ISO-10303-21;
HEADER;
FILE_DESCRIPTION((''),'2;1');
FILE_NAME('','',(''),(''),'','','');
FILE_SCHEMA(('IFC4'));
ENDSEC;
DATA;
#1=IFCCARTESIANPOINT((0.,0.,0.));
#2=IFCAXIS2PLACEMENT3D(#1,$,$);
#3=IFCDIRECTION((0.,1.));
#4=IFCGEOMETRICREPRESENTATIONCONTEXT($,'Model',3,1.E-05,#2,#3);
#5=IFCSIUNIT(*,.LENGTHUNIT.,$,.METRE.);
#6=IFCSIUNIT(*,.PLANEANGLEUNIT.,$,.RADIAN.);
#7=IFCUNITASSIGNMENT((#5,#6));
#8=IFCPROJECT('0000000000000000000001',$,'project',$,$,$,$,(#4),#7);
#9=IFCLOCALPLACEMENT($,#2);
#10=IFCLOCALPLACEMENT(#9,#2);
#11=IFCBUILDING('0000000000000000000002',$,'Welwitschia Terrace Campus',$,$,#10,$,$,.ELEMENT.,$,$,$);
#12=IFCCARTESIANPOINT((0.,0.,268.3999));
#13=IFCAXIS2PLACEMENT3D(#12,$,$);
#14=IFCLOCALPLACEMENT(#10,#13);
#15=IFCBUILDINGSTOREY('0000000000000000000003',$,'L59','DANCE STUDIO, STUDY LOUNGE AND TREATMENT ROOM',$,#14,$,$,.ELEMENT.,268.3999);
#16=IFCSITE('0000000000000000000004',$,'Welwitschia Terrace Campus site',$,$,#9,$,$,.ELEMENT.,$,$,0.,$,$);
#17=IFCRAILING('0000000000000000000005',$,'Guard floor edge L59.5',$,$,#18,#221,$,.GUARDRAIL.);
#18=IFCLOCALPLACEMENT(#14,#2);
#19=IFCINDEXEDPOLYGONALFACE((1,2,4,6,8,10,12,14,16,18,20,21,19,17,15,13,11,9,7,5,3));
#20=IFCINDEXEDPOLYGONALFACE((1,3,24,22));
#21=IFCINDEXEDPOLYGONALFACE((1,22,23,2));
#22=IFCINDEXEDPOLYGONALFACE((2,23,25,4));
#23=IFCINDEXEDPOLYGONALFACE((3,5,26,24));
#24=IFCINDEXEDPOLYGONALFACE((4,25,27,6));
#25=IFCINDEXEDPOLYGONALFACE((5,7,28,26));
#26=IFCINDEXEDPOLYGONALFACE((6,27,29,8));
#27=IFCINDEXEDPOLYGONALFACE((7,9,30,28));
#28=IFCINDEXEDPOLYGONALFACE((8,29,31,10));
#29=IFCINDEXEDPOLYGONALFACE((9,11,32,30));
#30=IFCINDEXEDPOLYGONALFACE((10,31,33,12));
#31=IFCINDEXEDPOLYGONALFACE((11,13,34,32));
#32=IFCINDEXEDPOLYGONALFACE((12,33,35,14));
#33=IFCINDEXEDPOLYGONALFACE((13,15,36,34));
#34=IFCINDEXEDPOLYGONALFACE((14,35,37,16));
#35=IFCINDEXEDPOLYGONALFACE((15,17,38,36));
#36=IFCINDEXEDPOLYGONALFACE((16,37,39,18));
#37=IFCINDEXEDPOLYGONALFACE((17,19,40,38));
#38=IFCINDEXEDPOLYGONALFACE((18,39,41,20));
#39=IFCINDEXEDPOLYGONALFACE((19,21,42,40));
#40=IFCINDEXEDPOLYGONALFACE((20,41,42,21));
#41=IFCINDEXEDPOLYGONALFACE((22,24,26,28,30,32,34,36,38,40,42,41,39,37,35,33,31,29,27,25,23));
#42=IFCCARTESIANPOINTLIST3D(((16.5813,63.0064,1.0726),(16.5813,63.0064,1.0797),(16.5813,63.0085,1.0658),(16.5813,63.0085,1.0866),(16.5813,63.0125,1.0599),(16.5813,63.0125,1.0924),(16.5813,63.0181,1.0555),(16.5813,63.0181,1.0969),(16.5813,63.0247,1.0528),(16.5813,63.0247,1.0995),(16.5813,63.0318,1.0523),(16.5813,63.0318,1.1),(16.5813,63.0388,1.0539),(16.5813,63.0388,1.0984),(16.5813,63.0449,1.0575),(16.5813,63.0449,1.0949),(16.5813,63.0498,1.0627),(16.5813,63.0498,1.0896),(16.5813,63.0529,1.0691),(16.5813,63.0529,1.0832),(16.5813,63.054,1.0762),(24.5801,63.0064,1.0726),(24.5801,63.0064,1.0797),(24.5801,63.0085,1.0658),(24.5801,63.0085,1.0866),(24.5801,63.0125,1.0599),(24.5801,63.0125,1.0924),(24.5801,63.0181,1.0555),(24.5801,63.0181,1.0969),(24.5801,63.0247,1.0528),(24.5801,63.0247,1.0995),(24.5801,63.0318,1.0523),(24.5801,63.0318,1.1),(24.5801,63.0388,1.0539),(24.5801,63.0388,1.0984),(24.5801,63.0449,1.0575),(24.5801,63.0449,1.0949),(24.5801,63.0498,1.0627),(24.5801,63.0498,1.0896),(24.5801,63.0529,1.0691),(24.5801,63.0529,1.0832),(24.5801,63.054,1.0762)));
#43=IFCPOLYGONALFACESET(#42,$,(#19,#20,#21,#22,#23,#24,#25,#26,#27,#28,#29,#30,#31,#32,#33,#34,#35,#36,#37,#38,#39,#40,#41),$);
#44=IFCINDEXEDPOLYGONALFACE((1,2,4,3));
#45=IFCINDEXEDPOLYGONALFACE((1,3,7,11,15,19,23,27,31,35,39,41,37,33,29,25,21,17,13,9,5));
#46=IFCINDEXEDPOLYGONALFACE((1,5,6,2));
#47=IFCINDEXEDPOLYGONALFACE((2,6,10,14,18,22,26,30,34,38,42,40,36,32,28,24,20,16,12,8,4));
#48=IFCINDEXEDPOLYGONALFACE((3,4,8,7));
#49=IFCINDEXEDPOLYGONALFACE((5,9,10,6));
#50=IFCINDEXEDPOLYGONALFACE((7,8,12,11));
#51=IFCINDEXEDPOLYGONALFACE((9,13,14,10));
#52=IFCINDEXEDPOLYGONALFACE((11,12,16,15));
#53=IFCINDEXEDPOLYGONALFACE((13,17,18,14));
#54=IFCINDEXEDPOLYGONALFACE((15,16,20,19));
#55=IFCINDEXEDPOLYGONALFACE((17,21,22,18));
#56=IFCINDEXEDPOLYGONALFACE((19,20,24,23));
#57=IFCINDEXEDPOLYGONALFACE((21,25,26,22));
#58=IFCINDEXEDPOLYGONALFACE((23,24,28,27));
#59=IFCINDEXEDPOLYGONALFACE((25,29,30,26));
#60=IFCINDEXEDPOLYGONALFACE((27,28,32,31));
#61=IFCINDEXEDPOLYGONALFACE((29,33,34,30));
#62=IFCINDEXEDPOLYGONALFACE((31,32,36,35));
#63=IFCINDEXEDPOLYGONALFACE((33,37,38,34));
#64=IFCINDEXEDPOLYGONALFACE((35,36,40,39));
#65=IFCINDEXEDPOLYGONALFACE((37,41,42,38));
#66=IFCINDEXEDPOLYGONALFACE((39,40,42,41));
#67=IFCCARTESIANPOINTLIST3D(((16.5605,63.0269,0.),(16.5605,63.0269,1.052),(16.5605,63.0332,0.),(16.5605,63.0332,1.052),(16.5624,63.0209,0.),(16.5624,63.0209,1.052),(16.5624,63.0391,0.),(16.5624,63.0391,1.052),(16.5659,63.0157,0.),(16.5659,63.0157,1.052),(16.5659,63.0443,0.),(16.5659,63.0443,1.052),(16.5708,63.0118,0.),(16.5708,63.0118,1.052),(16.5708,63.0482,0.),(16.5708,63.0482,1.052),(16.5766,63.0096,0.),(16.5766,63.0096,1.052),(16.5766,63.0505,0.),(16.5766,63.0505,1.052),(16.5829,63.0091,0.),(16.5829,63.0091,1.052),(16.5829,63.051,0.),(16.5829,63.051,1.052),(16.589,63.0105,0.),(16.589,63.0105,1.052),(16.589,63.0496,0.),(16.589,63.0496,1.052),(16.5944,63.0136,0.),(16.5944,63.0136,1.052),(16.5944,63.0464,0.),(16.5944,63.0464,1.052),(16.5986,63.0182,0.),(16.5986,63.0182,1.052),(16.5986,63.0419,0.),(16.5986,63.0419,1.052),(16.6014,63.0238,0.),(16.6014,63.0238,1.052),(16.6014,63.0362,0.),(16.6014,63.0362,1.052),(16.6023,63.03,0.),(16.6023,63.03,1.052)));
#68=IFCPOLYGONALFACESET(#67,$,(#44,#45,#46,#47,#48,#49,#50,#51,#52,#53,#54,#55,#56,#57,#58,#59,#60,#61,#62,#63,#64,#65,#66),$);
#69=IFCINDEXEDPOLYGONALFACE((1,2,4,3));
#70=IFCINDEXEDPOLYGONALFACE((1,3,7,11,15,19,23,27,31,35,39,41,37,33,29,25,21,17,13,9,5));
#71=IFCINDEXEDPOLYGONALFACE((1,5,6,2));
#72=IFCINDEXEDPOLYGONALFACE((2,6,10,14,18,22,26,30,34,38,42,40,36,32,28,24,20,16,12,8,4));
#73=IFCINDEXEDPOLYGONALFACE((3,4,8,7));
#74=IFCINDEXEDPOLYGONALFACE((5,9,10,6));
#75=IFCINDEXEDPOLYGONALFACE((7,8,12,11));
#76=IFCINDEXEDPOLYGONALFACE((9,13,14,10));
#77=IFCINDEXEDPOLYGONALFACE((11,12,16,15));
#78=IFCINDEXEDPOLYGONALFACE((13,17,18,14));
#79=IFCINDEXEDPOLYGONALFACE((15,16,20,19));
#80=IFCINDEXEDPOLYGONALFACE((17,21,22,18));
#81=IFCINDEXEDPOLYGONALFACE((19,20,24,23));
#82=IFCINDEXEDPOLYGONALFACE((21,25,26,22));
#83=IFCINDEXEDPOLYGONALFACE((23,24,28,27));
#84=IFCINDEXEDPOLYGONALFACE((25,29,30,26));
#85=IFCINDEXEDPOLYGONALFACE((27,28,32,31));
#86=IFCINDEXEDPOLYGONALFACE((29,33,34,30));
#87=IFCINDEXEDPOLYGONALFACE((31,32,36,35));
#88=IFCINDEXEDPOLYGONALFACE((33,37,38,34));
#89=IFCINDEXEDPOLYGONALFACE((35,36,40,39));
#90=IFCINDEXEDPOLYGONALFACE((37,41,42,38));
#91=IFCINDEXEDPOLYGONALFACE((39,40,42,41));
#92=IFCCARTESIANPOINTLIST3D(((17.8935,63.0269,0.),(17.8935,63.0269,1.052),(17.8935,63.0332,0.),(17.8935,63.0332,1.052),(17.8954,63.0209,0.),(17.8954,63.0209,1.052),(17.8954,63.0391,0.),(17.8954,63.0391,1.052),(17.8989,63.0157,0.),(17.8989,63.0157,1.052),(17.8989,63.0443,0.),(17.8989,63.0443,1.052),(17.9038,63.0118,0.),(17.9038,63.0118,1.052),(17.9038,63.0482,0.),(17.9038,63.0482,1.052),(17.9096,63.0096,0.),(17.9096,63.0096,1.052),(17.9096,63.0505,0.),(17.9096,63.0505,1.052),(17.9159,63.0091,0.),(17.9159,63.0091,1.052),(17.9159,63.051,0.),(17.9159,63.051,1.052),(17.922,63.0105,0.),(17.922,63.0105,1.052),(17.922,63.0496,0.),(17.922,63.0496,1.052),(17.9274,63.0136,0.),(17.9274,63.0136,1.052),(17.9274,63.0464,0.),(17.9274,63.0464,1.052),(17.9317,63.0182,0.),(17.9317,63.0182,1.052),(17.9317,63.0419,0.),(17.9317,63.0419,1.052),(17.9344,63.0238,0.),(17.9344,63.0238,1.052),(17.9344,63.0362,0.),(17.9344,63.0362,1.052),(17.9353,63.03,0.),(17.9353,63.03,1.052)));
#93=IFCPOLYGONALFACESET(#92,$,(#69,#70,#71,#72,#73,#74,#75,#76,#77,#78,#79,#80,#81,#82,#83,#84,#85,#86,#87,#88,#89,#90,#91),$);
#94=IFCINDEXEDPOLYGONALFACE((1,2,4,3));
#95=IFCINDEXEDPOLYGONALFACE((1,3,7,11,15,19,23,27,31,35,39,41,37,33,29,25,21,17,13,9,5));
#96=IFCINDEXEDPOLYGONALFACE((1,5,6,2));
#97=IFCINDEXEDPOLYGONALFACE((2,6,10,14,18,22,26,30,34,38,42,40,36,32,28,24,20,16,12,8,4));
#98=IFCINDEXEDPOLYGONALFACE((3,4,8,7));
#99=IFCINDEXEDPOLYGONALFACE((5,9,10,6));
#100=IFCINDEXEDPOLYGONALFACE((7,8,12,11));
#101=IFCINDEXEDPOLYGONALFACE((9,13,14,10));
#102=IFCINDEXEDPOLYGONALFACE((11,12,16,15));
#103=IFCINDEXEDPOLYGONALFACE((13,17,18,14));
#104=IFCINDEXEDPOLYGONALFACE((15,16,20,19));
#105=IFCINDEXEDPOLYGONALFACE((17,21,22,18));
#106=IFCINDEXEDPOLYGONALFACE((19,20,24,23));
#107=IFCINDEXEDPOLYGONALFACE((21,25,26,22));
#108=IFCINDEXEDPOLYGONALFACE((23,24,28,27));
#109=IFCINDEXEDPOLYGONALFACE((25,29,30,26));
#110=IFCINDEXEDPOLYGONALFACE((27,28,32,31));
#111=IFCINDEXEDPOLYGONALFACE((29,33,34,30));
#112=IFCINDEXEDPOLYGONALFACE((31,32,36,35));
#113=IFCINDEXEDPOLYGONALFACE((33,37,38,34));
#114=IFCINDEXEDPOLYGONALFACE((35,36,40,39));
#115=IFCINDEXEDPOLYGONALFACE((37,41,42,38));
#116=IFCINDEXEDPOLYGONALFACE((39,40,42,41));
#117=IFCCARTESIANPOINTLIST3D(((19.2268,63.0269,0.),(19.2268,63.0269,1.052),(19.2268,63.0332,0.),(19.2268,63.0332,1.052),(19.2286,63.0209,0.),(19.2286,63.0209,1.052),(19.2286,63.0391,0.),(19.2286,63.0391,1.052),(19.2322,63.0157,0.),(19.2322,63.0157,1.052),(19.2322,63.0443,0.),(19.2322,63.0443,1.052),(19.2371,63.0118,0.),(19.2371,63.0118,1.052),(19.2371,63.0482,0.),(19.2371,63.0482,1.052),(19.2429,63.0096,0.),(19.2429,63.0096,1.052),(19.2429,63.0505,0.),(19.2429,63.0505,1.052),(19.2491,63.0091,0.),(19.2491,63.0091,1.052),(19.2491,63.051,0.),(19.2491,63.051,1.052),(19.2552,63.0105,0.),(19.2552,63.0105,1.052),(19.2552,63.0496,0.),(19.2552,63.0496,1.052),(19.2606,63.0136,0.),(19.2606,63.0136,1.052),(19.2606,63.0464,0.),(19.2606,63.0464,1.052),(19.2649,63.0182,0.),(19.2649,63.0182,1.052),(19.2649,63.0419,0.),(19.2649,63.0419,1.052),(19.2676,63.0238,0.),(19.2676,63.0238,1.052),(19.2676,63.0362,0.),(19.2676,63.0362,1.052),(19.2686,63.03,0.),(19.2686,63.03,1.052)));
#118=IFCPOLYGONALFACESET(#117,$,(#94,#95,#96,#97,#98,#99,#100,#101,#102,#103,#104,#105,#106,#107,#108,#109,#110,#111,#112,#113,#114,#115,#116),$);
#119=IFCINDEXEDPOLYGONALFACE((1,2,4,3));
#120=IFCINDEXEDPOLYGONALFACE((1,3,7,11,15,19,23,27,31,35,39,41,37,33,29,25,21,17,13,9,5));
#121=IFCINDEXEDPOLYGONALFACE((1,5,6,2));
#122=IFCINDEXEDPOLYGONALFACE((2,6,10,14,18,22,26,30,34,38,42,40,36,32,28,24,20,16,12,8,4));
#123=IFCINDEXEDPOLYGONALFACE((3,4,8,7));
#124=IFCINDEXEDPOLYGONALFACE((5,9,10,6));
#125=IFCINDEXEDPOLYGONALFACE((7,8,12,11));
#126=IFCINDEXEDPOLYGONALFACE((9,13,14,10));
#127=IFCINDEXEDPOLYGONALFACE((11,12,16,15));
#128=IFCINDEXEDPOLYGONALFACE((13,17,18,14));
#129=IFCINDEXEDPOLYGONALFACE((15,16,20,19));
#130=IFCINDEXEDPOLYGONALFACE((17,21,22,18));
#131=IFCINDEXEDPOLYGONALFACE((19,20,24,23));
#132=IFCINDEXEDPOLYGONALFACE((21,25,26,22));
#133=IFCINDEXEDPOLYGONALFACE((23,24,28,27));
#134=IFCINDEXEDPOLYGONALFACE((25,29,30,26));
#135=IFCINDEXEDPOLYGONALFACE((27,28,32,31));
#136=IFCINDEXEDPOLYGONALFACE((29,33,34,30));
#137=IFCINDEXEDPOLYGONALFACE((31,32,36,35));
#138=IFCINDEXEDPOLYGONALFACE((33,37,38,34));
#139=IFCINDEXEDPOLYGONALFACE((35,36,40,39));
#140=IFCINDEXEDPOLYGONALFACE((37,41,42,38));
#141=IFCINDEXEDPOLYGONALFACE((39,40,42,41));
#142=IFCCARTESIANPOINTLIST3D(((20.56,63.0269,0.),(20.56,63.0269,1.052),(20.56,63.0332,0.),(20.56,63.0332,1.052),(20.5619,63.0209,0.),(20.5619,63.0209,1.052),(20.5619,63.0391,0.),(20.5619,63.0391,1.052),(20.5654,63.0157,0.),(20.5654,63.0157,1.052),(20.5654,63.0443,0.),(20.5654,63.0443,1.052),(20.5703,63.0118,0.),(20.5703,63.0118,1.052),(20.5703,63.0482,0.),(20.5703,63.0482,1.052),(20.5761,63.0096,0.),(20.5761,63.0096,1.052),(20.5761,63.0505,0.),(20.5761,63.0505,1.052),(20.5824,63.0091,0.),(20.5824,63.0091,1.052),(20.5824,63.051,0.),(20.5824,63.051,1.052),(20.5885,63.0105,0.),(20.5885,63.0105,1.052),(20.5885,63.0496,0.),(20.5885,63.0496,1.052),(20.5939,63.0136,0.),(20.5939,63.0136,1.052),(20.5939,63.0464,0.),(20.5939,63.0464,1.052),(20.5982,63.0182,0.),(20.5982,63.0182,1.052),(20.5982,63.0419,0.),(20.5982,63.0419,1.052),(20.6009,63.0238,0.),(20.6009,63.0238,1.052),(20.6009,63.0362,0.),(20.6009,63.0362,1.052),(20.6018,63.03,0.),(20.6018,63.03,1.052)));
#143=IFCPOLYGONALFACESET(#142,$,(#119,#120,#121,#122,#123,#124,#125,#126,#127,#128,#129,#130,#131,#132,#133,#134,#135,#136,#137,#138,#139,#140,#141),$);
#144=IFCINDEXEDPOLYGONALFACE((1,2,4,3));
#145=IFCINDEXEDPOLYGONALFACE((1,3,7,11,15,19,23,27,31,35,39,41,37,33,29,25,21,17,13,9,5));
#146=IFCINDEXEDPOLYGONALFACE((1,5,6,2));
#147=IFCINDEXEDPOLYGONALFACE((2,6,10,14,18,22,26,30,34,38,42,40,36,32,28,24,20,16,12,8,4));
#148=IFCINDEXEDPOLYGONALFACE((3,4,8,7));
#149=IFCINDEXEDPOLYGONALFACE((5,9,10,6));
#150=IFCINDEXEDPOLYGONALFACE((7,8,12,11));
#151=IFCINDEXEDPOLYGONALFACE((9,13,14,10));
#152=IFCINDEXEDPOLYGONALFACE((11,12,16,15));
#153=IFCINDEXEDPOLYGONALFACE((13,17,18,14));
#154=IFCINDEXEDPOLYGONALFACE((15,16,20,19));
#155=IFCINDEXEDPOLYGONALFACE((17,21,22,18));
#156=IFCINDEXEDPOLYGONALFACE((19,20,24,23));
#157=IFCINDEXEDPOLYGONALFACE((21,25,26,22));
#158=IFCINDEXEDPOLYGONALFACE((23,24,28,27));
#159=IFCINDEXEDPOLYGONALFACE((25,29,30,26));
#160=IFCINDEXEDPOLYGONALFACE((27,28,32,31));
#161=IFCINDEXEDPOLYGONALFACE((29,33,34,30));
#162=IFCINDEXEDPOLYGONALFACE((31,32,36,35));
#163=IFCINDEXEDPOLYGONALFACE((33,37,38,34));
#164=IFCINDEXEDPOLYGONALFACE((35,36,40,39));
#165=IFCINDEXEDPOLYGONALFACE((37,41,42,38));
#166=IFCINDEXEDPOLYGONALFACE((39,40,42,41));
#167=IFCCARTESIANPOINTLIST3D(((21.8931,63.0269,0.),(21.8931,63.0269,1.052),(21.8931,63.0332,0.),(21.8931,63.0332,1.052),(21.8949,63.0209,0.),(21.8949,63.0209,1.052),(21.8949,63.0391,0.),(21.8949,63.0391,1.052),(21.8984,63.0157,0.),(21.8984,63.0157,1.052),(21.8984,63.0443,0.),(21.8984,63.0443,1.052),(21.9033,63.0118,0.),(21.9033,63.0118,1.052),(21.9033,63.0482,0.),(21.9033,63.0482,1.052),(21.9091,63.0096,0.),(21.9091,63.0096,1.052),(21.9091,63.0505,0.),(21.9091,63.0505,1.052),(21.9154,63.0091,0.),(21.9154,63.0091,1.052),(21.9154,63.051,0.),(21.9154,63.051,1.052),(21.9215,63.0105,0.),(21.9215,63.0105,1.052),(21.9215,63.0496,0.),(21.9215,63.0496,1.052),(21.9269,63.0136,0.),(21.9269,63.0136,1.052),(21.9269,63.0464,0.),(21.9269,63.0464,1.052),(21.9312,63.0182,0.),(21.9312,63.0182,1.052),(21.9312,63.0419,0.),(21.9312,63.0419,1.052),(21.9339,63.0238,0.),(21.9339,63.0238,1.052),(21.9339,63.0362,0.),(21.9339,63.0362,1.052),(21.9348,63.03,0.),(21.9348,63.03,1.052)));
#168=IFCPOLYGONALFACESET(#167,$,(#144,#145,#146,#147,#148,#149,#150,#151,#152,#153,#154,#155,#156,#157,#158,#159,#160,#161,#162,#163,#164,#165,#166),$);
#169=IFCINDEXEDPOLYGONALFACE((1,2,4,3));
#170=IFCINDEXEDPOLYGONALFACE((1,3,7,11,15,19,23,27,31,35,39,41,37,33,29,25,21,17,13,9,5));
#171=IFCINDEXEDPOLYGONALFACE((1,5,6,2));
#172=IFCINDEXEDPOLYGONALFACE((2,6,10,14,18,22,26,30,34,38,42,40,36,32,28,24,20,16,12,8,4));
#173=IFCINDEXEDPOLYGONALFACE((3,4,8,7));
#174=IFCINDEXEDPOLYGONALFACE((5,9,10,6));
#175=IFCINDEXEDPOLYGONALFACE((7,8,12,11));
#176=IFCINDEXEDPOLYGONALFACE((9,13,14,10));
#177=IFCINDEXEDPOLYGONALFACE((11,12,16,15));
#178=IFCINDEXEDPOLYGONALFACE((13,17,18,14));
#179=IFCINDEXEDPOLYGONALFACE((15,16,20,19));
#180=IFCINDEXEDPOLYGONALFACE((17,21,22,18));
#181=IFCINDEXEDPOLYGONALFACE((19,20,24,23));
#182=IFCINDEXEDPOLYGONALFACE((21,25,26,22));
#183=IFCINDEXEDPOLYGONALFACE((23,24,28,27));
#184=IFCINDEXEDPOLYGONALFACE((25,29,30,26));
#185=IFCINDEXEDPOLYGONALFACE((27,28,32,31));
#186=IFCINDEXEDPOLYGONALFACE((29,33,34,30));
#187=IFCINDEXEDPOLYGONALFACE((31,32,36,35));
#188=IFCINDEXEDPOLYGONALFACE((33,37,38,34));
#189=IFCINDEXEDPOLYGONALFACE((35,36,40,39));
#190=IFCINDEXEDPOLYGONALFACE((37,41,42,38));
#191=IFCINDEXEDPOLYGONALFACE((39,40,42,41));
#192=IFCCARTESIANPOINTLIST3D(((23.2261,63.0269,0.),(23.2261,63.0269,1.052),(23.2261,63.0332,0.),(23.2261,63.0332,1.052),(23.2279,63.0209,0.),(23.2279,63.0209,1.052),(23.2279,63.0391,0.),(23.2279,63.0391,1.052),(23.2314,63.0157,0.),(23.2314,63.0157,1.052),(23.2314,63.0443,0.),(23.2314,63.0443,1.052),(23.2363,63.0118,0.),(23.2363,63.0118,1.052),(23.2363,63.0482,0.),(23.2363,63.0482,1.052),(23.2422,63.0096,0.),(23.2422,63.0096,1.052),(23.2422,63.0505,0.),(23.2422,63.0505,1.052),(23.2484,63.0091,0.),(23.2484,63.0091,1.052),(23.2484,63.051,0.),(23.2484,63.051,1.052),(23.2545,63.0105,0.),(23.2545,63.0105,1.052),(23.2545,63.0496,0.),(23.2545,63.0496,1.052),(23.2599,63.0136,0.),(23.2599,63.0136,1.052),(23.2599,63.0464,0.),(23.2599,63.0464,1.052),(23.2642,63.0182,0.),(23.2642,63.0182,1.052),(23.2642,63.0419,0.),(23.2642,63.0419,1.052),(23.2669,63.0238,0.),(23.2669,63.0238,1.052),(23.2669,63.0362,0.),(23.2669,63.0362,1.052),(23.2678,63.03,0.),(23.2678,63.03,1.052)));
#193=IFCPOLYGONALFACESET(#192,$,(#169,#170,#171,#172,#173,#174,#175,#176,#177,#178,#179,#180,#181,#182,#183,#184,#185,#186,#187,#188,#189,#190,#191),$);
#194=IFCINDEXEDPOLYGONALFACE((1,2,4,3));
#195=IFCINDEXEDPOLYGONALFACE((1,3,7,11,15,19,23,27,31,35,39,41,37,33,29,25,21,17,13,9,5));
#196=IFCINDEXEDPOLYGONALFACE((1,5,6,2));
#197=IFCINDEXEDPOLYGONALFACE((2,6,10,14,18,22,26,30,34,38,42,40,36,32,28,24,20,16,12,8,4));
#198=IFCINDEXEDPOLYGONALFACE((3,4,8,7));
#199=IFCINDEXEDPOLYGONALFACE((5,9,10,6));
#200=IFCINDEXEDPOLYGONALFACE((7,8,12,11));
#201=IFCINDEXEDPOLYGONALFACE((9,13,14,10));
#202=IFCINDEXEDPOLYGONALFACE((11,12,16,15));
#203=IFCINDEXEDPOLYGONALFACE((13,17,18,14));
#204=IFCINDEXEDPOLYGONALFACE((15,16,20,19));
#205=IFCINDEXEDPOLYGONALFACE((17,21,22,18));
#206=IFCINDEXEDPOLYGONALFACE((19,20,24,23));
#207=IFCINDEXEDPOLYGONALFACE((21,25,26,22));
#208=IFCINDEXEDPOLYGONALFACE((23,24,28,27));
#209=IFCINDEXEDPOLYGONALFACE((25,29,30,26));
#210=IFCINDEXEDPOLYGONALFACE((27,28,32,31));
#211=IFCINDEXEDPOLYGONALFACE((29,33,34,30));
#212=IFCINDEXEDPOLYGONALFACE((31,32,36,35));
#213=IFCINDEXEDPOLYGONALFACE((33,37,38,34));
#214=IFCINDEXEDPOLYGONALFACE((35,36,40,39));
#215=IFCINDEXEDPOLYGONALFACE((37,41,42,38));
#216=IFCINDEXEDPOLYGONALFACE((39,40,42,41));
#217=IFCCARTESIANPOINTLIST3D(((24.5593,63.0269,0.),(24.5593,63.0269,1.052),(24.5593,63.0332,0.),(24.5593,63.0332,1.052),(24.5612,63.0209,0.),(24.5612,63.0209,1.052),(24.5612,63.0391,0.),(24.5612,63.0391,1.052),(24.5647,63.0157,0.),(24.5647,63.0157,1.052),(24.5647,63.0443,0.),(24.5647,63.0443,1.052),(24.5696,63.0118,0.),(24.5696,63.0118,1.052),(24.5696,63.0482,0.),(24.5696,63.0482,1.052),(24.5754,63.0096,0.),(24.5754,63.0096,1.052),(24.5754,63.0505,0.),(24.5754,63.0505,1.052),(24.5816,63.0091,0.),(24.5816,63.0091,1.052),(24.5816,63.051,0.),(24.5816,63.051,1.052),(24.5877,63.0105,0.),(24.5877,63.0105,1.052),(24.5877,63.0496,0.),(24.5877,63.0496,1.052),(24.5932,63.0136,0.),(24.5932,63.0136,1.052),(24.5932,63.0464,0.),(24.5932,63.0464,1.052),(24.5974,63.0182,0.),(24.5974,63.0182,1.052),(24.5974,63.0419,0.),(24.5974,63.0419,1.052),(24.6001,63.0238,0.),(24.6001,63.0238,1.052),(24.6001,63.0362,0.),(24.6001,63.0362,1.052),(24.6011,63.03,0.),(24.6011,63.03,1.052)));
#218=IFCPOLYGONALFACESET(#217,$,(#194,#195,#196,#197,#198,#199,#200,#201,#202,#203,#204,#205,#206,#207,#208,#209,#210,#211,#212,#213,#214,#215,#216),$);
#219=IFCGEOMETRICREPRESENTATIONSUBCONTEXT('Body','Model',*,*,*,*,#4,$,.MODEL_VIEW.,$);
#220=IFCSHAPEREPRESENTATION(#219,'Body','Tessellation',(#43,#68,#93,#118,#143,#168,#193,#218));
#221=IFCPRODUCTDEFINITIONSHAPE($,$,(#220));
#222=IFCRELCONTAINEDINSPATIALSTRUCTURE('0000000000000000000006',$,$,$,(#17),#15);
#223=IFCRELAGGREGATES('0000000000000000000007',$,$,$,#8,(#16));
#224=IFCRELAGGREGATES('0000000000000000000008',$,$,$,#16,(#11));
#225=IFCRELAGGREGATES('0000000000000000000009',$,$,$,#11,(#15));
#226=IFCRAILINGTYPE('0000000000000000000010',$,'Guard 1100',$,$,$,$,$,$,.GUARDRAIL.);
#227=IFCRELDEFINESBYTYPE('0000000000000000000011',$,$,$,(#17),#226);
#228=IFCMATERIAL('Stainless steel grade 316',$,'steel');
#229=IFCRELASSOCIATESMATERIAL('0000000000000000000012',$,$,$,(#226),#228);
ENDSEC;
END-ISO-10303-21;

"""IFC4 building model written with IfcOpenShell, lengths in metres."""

from ifc_helpers import new_model, si_unit, direction, frame, origin, origin_2d, place, context, subcontext, project, spatial, circle, extrude, material, type_object, element, save


model = new_model("IFC4")

# Units and contexts
model_context = context("Model", 3, precision=1e-05, world=origin(), true_north=direction((0.0, 1.0)))
body_context = subcontext(model_context, "Body", "Model", "MODEL_VIEW")
ifc_project = project(units=[si_unit("LENGTHUNIT", "METRE"), si_unit("PLANEANGLEUNIT", "RADIAN")], contexts=[model_context])

# Site, building, storey
site_placement = place(None, origin())
site = spatial("IfcSite", under=ifc_project, at=site_placement, Name="Welwitschia Terrace Campus site", CompositionType="ELEMENT", RefElevation=0.0)
building_placement = place(site_placement, origin())
building = spatial("IfcBuilding", under=site, at=building_placement, Name="Welwitschia Terrace Campus", CompositionType="ELEMENT")
storey_placement = place(building_placement, frame((0.0, 0.0, 268.3999)))
storey = spatial("IfcBuildingStorey", under=building, at=storey_placement, Name="L59", Description="DANCE STUDIO, STUDY LOUNGE AND TREATMENT ROOM", CompositionType="ELEMENT", Elevation=268.3999)

# Railing
ifc_material_1 = material(Name="Stainless steel grade 316", Category="steel")
railing_type = type_object("IfcRailingType", Name="Guard 1100", PredefinedType="GUARDRAIL", material=ifc_material_1)
railing_placement = place(storey_placement, frame((16.5813, 63.03, 0.0)))
element("IfcRailing", 1, at=railing_placement, inside=storey, type_object=railing_type, Name="Guard floor edge L59.5", PredefinedType="GUARDRAIL", context=body_context, shape_type="SweptSolid", body=[
    extrude(circle(Radius=0.0239, at=origin_2d()), frame((0.0, 0.0, 1.0762), z_axis=(1.0, 0.0, 0.0), x_axis=(0.0, 1.0, 0.0)), (0.0, 0.0, 1.0), 7.9988),
    extrude(circle(Radius=0.021, at=origin_2d()), origin(), (0.0, 0.0, 1.0), 1.052),
    extrude(circle(Radius=0.021, at=origin_2d()), frame((1.333, 0.0, 0.0)), (0.0, 0.0, 1.0), 1.052),
    extrude(circle(Radius=0.021, at=origin_2d()), frame((2.6663, 0.0, 0.0)), (0.0, 0.0, 1.0), 1.052),
    extrude(circle(Radius=0.021, at=origin_2d()), frame((3.9995, 0.0, 0.0)), (0.0, 0.0, 1.0), 1.052),
    extrude(circle(Radius=0.021, at=origin_2d()), frame((5.3325, 0.0, 0.0)), (0.0, 0.0, 1.0), 1.052),
    extrude(circle(Radius=0.021, at=origin_2d()), frame((6.6655, 0.0, 0.0)), (0.0, 0.0, 1.0), 1.052),
    extrude(circle(Radius=0.021, at=origin_2d()), frame((7.9988, 0.0, 0.0)), (0.0, 0.0, 1.0), 1.052),
])

save(model, "model.ifc")
